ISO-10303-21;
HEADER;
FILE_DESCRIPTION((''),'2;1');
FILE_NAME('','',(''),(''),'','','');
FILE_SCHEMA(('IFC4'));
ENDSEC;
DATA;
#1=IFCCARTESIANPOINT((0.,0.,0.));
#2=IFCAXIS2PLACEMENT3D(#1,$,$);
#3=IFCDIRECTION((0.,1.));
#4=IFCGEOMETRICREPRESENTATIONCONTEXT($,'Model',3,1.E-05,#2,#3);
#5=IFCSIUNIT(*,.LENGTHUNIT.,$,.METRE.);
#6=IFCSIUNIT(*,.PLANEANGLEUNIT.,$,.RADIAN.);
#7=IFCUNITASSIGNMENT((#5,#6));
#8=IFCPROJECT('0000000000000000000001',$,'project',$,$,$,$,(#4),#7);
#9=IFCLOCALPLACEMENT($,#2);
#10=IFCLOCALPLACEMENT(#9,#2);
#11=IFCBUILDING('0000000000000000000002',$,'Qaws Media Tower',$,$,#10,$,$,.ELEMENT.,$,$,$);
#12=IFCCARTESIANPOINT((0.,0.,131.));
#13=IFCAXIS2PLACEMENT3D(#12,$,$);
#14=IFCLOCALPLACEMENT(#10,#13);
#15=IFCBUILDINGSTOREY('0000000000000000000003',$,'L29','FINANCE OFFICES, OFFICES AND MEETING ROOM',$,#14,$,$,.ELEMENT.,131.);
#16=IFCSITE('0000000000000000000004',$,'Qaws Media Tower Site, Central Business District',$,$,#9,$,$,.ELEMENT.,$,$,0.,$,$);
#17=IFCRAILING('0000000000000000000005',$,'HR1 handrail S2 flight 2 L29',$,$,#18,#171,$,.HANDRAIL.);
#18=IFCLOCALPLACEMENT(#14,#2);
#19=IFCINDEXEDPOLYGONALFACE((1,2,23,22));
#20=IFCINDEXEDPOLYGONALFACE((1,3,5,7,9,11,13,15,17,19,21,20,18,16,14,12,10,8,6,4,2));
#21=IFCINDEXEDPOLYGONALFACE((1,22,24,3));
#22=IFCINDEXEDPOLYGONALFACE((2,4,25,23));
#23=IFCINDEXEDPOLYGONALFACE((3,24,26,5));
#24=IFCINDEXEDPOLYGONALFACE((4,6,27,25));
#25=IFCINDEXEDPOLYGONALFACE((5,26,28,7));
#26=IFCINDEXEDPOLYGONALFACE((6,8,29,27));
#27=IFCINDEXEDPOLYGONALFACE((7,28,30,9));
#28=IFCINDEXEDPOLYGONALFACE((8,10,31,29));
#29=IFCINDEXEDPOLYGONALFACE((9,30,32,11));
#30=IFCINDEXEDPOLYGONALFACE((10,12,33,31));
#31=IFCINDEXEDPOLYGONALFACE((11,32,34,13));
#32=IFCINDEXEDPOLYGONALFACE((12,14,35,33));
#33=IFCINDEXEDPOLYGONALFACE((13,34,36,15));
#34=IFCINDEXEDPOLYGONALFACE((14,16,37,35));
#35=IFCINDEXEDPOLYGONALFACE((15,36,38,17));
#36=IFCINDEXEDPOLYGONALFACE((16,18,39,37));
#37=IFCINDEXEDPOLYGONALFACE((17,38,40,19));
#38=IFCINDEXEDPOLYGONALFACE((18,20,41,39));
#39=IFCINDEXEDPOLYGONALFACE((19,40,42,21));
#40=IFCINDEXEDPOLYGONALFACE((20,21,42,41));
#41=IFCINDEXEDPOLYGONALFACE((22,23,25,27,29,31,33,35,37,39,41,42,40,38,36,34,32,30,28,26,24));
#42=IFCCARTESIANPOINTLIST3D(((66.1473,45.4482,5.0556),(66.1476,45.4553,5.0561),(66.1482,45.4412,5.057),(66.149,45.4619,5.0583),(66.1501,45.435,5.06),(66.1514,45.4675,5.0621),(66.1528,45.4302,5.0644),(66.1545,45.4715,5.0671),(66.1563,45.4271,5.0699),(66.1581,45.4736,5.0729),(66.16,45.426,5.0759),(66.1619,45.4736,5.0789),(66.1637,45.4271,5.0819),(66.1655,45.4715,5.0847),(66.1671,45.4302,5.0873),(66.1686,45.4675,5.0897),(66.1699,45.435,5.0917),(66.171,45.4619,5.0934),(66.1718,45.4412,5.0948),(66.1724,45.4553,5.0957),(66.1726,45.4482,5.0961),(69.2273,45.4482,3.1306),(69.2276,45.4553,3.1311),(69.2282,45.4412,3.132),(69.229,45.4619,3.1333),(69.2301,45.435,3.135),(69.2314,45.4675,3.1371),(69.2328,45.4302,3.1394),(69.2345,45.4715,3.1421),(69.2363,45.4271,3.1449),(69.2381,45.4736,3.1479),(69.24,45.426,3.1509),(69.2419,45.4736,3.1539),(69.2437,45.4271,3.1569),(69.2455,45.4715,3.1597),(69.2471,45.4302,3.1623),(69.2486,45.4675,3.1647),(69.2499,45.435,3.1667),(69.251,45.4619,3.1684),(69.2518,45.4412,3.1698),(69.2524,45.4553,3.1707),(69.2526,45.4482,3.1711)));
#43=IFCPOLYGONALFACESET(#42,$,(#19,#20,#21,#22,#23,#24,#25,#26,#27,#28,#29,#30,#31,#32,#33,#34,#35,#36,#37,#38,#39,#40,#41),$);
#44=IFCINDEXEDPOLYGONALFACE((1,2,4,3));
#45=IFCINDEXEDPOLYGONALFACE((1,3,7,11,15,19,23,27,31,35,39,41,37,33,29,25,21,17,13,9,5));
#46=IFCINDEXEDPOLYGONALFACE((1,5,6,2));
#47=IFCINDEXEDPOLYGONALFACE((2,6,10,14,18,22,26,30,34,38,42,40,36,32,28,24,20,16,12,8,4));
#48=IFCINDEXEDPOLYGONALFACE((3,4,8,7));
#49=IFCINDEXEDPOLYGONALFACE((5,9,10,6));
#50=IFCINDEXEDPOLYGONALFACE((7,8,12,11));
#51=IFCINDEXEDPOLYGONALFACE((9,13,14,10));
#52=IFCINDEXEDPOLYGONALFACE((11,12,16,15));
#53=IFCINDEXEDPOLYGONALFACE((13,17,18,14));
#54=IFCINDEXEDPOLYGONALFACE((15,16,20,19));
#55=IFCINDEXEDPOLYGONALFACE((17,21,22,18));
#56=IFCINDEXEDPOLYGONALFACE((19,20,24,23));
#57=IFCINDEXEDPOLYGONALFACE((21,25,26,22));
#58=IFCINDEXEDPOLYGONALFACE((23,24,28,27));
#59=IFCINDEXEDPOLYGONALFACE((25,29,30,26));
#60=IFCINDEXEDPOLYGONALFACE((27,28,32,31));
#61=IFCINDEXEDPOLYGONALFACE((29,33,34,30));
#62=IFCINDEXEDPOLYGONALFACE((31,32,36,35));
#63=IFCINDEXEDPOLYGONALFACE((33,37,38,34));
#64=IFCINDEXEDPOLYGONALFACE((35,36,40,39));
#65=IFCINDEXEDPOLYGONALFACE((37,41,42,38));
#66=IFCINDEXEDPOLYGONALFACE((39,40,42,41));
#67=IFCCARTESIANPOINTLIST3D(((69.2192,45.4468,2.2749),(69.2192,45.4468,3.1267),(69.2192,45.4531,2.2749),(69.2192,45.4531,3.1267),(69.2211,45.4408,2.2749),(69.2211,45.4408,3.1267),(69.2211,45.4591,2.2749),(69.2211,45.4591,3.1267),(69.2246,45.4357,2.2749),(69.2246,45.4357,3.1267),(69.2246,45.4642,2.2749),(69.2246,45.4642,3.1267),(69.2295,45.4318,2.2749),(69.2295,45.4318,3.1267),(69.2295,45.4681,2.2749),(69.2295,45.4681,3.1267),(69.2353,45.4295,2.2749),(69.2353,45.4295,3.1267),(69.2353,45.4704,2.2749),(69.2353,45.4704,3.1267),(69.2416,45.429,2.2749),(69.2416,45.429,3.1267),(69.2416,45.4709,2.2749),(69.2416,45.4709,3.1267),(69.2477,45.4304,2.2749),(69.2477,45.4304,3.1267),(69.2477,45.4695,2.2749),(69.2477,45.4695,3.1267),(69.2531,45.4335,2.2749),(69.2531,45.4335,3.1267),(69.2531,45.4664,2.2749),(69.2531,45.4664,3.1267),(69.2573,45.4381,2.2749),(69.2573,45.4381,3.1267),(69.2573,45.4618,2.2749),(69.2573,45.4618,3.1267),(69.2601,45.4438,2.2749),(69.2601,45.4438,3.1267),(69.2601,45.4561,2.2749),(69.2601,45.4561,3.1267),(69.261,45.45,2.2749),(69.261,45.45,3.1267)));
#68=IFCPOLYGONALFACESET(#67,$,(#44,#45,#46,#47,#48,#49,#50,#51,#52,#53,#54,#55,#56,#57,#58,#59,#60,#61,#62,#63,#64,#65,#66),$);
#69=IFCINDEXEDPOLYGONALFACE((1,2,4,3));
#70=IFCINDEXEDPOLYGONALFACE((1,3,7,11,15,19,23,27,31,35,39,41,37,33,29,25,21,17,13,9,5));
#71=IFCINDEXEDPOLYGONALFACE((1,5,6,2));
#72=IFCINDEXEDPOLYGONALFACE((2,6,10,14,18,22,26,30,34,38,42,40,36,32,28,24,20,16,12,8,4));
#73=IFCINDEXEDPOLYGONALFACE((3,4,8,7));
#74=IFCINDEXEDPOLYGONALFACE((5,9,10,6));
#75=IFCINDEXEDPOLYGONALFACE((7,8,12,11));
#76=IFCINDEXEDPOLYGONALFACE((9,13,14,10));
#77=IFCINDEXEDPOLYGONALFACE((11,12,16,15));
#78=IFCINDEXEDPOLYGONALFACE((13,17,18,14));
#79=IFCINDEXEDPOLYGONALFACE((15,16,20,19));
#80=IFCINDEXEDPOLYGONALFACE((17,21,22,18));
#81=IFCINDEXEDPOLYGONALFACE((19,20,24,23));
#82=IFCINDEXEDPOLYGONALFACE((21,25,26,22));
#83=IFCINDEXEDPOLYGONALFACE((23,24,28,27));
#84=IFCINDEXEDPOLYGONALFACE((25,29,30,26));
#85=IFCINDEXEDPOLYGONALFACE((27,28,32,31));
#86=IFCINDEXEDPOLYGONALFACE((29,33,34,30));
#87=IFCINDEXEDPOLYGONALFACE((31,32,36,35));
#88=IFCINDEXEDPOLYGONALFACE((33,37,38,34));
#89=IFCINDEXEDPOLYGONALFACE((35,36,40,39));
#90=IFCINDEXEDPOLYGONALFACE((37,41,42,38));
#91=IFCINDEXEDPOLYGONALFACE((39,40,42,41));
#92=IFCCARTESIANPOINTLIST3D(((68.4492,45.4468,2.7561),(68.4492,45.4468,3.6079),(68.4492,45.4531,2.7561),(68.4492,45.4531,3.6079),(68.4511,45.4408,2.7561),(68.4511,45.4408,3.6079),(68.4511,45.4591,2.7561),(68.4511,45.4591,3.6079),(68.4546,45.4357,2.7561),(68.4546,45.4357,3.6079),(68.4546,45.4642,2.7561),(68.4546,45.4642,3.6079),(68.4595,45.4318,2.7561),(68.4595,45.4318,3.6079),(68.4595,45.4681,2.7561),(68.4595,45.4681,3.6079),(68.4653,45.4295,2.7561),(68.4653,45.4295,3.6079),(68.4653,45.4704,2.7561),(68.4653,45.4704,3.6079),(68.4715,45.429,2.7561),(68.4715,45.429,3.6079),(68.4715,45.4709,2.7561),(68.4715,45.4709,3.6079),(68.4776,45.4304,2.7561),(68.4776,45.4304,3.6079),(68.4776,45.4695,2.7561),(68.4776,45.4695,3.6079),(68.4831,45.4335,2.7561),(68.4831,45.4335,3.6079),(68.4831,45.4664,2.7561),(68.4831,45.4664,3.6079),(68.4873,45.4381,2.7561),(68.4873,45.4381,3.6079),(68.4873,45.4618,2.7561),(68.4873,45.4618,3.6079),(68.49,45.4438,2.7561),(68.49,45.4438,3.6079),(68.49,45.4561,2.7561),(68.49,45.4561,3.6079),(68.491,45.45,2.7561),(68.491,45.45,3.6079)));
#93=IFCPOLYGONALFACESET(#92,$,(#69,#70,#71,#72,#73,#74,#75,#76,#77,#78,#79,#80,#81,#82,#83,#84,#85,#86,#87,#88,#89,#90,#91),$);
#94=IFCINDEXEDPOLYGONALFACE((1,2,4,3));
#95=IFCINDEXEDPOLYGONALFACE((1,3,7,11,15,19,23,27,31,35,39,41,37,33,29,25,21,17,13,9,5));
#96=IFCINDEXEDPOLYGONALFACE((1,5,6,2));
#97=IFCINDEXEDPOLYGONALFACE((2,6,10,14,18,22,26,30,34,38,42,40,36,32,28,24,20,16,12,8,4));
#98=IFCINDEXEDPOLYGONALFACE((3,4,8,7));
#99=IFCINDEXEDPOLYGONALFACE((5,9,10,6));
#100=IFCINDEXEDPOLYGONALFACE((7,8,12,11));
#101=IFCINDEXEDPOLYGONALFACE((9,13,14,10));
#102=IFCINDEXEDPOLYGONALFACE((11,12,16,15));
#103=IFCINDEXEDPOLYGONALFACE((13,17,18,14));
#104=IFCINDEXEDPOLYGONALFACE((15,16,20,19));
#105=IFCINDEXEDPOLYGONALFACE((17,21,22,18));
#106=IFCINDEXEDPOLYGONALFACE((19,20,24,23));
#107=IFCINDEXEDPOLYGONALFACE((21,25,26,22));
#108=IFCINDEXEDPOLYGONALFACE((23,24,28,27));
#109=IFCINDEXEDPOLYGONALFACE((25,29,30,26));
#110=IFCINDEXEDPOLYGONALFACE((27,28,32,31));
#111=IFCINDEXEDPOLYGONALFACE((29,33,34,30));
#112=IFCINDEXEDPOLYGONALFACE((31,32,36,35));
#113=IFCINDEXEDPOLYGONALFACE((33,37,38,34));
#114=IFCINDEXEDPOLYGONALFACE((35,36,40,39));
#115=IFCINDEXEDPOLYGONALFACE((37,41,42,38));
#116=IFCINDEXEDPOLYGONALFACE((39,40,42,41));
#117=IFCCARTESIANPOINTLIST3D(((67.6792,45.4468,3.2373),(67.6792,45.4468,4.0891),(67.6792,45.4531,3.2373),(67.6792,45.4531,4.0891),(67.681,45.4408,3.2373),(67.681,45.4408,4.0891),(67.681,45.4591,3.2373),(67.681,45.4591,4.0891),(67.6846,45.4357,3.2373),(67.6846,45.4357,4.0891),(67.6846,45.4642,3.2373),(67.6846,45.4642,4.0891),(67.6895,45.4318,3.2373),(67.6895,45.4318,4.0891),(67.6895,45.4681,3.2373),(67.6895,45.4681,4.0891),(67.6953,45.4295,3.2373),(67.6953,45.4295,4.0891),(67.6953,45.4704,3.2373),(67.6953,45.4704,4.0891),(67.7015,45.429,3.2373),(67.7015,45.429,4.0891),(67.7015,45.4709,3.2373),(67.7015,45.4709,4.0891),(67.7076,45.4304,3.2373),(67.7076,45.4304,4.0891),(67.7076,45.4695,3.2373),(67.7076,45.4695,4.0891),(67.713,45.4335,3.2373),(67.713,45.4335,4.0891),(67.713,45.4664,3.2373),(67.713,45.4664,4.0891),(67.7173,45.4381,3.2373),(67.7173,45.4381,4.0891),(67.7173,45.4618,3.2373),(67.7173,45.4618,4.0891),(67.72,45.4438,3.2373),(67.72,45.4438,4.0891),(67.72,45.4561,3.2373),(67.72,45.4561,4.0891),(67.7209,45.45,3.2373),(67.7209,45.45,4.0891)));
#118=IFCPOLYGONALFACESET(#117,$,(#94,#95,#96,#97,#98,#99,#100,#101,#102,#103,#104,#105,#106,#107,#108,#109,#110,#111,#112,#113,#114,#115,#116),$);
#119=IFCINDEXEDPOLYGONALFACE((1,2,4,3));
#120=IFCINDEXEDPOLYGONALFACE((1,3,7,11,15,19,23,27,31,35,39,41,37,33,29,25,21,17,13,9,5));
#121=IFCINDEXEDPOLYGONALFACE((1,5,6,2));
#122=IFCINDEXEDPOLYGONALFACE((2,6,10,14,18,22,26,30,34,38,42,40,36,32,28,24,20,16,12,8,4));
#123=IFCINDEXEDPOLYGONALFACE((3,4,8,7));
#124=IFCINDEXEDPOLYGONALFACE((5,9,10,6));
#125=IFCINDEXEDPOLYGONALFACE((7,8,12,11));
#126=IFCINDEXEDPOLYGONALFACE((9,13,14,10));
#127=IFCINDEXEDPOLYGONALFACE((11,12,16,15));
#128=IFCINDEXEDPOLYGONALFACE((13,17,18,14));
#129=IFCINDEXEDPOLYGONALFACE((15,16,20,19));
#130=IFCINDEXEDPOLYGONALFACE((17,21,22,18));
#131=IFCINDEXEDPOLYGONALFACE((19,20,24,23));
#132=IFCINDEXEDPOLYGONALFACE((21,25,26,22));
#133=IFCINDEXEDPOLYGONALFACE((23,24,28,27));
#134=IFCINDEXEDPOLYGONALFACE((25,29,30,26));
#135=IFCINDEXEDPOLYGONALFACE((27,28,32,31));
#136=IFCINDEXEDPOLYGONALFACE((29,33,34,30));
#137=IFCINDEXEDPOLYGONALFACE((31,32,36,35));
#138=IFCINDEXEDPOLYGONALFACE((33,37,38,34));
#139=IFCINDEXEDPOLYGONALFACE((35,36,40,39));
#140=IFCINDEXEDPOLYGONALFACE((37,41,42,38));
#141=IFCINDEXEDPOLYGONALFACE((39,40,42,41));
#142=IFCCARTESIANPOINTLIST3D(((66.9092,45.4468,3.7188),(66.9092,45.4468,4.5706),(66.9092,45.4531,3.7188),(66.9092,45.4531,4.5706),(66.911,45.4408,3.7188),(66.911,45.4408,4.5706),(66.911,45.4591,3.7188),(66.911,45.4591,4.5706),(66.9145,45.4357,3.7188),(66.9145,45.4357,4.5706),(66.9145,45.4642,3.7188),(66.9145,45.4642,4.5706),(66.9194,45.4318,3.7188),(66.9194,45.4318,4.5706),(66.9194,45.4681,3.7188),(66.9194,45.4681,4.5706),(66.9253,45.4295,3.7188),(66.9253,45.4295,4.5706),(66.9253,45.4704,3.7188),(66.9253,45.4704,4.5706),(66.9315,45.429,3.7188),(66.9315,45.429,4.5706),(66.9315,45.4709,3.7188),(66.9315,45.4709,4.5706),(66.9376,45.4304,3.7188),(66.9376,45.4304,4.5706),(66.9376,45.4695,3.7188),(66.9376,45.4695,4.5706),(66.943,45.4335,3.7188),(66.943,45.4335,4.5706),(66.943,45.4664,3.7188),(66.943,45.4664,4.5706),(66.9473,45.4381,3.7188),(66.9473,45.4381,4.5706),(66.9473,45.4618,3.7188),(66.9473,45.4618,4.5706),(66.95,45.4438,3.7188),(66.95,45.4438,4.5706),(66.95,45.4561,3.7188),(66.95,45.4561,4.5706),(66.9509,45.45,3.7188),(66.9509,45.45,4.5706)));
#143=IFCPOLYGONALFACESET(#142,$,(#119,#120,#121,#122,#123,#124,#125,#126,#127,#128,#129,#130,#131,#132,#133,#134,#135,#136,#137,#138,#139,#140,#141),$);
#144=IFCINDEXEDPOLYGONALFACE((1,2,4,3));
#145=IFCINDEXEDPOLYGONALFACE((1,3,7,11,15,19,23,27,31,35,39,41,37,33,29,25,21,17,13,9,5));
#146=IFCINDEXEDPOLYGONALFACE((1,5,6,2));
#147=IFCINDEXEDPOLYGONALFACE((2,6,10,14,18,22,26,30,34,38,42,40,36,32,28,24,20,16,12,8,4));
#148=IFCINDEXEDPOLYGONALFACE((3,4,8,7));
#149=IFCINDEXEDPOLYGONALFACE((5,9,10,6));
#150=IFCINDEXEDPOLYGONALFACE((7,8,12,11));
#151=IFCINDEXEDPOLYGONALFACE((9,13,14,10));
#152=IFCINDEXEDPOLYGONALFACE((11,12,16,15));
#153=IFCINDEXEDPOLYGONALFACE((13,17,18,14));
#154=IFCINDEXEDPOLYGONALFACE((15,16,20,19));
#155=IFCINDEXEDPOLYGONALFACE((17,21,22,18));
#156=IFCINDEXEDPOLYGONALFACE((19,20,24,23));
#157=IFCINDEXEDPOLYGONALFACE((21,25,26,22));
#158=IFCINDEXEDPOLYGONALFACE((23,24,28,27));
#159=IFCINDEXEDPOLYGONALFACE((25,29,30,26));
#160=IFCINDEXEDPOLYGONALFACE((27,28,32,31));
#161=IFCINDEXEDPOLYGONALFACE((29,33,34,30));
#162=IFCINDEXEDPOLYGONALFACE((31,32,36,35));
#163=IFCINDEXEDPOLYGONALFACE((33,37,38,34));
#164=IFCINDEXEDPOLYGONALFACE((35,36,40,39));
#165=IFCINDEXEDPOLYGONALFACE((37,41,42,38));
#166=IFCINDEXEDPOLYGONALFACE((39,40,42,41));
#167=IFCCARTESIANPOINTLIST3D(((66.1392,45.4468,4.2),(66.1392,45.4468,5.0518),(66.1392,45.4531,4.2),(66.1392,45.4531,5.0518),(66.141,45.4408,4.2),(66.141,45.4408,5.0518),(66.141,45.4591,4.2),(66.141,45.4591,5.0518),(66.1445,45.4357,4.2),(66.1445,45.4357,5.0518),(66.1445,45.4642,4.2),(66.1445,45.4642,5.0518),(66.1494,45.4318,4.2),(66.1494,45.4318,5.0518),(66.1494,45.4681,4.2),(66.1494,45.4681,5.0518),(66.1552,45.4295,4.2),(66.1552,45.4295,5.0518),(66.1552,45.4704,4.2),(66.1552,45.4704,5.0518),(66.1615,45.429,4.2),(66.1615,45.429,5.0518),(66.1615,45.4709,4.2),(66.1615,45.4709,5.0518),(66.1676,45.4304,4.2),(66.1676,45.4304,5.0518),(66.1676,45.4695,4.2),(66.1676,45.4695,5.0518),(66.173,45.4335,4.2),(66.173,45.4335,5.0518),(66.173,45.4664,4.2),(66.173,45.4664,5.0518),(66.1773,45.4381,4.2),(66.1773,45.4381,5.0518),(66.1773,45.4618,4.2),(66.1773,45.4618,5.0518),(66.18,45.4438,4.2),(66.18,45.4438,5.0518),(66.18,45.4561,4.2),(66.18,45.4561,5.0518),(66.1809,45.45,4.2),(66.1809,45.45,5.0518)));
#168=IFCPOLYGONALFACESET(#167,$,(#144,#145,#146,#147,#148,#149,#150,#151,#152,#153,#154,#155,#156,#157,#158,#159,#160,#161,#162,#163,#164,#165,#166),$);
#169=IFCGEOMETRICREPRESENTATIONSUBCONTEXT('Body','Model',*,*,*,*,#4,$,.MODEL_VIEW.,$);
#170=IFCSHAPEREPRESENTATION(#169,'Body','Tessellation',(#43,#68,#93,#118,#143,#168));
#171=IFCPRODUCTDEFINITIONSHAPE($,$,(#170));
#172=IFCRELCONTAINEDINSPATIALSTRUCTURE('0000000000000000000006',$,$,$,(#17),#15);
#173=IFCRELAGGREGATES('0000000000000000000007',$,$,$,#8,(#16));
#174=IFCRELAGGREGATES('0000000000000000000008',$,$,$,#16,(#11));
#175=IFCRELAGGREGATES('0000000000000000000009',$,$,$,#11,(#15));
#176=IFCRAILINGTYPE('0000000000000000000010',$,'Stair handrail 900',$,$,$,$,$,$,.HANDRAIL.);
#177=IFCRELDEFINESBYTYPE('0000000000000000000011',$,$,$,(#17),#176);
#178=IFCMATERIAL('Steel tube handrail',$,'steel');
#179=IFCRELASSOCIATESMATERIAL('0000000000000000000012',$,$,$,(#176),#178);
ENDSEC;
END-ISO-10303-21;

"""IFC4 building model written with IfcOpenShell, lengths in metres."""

from ifc_helpers import new_model, si_unit, direction, frame, origin, origin_2d, place, context, subcontext, project, spatial, circle, extrude, material, type_object, element, save


model = new_model("IFC4")

# Units and contexts
model_context = context("Model", 3, precision=1e-05, world=origin(), true_north=direction((0.0, 1.0)))
body_context = subcontext(model_context, "Body", "Model", "MODEL_VIEW")
ifc_project = project(units=[si_unit("LENGTHUNIT", "METRE"), si_unit("PLANEANGLEUNIT", "RADIAN")], contexts=[model_context])

# Site, building, storey
site_placement = place(None, origin())
site = spatial("IfcSite", under=ifc_project, at=site_placement, Name="Qaws Media Tower Site, Central Business District", CompositionType="ELEMENT", RefElevation=0.0)
building_placement = place(site_placement, origin())
building = spatial("IfcBuilding", under=site, at=building_placement, Name="Qaws Media Tower", CompositionType="ELEMENT")
storey_placement = place(building_placement, frame((0.0, 0.0, 131.0)))
storey = spatial("IfcBuildingStorey", under=building, at=storey_placement, Name="L29", Description="FINANCE OFFICES, OFFICES AND MEETING ROOM", CompositionType="ELEMENT", Elevation=131.0)

# Railing
ifc_material_1 = material(Name="Steel tube handrail", Category="steel")
railing_type = type_object("IfcRailingType", Name="Stair handrail 900", PredefinedType="HANDRAIL", material=ifc_material_1)
for number, where, name in (
    (1, (69.24, 45.45, 2.2749), "HR1 handrail S2 flight 2 L29"),
):
    element("IfcRailing", number, at=place(storey_placement, frame(where)), inside=storey, type_object=railing_type, Name=name, PredefinedType="HANDRAIL", context=body_context, shape_type="SweptSolid", body=[
        extrude(circle(Radius=0.0239, at=origin_2d()), frame((0.0, 0.0, 0.876), z_axis=(-0.847998, 0.0, 0.529999), x_axis=(0.0, -1.0, 0.0)), (0.0, 0.0, 1.0), 3.6321),
        extrude(circle(Radius=0.021, at=origin_2d()), origin(), (0.0, 0.0, 1.0), 0.8518),
        extrude(circle(Radius=0.021, at=origin_2d()), frame((-0.77, 0.0, 0.4812)), (0.0, 0.0, 1.0), 0.8518),
        extrude(circle(Radius=0.021, at=origin_2d()), frame((-1.54, 0.0, 0.9624)), (0.0, 0.0, 1.0), 0.8518),
        extrude(circle(Radius=0.021, at=origin_2d()), frame((-2.3101, 0.0, 1.4438)), (0.0, 0.0, 1.0), 0.8518),
        extrude(circle(Radius=0.021, at=origin_2d()), frame((-3.0801, 0.0, 1.925)), (0.0, 0.0, 1.0), 0.8518),
    ])

save(model, "model.ifc")
